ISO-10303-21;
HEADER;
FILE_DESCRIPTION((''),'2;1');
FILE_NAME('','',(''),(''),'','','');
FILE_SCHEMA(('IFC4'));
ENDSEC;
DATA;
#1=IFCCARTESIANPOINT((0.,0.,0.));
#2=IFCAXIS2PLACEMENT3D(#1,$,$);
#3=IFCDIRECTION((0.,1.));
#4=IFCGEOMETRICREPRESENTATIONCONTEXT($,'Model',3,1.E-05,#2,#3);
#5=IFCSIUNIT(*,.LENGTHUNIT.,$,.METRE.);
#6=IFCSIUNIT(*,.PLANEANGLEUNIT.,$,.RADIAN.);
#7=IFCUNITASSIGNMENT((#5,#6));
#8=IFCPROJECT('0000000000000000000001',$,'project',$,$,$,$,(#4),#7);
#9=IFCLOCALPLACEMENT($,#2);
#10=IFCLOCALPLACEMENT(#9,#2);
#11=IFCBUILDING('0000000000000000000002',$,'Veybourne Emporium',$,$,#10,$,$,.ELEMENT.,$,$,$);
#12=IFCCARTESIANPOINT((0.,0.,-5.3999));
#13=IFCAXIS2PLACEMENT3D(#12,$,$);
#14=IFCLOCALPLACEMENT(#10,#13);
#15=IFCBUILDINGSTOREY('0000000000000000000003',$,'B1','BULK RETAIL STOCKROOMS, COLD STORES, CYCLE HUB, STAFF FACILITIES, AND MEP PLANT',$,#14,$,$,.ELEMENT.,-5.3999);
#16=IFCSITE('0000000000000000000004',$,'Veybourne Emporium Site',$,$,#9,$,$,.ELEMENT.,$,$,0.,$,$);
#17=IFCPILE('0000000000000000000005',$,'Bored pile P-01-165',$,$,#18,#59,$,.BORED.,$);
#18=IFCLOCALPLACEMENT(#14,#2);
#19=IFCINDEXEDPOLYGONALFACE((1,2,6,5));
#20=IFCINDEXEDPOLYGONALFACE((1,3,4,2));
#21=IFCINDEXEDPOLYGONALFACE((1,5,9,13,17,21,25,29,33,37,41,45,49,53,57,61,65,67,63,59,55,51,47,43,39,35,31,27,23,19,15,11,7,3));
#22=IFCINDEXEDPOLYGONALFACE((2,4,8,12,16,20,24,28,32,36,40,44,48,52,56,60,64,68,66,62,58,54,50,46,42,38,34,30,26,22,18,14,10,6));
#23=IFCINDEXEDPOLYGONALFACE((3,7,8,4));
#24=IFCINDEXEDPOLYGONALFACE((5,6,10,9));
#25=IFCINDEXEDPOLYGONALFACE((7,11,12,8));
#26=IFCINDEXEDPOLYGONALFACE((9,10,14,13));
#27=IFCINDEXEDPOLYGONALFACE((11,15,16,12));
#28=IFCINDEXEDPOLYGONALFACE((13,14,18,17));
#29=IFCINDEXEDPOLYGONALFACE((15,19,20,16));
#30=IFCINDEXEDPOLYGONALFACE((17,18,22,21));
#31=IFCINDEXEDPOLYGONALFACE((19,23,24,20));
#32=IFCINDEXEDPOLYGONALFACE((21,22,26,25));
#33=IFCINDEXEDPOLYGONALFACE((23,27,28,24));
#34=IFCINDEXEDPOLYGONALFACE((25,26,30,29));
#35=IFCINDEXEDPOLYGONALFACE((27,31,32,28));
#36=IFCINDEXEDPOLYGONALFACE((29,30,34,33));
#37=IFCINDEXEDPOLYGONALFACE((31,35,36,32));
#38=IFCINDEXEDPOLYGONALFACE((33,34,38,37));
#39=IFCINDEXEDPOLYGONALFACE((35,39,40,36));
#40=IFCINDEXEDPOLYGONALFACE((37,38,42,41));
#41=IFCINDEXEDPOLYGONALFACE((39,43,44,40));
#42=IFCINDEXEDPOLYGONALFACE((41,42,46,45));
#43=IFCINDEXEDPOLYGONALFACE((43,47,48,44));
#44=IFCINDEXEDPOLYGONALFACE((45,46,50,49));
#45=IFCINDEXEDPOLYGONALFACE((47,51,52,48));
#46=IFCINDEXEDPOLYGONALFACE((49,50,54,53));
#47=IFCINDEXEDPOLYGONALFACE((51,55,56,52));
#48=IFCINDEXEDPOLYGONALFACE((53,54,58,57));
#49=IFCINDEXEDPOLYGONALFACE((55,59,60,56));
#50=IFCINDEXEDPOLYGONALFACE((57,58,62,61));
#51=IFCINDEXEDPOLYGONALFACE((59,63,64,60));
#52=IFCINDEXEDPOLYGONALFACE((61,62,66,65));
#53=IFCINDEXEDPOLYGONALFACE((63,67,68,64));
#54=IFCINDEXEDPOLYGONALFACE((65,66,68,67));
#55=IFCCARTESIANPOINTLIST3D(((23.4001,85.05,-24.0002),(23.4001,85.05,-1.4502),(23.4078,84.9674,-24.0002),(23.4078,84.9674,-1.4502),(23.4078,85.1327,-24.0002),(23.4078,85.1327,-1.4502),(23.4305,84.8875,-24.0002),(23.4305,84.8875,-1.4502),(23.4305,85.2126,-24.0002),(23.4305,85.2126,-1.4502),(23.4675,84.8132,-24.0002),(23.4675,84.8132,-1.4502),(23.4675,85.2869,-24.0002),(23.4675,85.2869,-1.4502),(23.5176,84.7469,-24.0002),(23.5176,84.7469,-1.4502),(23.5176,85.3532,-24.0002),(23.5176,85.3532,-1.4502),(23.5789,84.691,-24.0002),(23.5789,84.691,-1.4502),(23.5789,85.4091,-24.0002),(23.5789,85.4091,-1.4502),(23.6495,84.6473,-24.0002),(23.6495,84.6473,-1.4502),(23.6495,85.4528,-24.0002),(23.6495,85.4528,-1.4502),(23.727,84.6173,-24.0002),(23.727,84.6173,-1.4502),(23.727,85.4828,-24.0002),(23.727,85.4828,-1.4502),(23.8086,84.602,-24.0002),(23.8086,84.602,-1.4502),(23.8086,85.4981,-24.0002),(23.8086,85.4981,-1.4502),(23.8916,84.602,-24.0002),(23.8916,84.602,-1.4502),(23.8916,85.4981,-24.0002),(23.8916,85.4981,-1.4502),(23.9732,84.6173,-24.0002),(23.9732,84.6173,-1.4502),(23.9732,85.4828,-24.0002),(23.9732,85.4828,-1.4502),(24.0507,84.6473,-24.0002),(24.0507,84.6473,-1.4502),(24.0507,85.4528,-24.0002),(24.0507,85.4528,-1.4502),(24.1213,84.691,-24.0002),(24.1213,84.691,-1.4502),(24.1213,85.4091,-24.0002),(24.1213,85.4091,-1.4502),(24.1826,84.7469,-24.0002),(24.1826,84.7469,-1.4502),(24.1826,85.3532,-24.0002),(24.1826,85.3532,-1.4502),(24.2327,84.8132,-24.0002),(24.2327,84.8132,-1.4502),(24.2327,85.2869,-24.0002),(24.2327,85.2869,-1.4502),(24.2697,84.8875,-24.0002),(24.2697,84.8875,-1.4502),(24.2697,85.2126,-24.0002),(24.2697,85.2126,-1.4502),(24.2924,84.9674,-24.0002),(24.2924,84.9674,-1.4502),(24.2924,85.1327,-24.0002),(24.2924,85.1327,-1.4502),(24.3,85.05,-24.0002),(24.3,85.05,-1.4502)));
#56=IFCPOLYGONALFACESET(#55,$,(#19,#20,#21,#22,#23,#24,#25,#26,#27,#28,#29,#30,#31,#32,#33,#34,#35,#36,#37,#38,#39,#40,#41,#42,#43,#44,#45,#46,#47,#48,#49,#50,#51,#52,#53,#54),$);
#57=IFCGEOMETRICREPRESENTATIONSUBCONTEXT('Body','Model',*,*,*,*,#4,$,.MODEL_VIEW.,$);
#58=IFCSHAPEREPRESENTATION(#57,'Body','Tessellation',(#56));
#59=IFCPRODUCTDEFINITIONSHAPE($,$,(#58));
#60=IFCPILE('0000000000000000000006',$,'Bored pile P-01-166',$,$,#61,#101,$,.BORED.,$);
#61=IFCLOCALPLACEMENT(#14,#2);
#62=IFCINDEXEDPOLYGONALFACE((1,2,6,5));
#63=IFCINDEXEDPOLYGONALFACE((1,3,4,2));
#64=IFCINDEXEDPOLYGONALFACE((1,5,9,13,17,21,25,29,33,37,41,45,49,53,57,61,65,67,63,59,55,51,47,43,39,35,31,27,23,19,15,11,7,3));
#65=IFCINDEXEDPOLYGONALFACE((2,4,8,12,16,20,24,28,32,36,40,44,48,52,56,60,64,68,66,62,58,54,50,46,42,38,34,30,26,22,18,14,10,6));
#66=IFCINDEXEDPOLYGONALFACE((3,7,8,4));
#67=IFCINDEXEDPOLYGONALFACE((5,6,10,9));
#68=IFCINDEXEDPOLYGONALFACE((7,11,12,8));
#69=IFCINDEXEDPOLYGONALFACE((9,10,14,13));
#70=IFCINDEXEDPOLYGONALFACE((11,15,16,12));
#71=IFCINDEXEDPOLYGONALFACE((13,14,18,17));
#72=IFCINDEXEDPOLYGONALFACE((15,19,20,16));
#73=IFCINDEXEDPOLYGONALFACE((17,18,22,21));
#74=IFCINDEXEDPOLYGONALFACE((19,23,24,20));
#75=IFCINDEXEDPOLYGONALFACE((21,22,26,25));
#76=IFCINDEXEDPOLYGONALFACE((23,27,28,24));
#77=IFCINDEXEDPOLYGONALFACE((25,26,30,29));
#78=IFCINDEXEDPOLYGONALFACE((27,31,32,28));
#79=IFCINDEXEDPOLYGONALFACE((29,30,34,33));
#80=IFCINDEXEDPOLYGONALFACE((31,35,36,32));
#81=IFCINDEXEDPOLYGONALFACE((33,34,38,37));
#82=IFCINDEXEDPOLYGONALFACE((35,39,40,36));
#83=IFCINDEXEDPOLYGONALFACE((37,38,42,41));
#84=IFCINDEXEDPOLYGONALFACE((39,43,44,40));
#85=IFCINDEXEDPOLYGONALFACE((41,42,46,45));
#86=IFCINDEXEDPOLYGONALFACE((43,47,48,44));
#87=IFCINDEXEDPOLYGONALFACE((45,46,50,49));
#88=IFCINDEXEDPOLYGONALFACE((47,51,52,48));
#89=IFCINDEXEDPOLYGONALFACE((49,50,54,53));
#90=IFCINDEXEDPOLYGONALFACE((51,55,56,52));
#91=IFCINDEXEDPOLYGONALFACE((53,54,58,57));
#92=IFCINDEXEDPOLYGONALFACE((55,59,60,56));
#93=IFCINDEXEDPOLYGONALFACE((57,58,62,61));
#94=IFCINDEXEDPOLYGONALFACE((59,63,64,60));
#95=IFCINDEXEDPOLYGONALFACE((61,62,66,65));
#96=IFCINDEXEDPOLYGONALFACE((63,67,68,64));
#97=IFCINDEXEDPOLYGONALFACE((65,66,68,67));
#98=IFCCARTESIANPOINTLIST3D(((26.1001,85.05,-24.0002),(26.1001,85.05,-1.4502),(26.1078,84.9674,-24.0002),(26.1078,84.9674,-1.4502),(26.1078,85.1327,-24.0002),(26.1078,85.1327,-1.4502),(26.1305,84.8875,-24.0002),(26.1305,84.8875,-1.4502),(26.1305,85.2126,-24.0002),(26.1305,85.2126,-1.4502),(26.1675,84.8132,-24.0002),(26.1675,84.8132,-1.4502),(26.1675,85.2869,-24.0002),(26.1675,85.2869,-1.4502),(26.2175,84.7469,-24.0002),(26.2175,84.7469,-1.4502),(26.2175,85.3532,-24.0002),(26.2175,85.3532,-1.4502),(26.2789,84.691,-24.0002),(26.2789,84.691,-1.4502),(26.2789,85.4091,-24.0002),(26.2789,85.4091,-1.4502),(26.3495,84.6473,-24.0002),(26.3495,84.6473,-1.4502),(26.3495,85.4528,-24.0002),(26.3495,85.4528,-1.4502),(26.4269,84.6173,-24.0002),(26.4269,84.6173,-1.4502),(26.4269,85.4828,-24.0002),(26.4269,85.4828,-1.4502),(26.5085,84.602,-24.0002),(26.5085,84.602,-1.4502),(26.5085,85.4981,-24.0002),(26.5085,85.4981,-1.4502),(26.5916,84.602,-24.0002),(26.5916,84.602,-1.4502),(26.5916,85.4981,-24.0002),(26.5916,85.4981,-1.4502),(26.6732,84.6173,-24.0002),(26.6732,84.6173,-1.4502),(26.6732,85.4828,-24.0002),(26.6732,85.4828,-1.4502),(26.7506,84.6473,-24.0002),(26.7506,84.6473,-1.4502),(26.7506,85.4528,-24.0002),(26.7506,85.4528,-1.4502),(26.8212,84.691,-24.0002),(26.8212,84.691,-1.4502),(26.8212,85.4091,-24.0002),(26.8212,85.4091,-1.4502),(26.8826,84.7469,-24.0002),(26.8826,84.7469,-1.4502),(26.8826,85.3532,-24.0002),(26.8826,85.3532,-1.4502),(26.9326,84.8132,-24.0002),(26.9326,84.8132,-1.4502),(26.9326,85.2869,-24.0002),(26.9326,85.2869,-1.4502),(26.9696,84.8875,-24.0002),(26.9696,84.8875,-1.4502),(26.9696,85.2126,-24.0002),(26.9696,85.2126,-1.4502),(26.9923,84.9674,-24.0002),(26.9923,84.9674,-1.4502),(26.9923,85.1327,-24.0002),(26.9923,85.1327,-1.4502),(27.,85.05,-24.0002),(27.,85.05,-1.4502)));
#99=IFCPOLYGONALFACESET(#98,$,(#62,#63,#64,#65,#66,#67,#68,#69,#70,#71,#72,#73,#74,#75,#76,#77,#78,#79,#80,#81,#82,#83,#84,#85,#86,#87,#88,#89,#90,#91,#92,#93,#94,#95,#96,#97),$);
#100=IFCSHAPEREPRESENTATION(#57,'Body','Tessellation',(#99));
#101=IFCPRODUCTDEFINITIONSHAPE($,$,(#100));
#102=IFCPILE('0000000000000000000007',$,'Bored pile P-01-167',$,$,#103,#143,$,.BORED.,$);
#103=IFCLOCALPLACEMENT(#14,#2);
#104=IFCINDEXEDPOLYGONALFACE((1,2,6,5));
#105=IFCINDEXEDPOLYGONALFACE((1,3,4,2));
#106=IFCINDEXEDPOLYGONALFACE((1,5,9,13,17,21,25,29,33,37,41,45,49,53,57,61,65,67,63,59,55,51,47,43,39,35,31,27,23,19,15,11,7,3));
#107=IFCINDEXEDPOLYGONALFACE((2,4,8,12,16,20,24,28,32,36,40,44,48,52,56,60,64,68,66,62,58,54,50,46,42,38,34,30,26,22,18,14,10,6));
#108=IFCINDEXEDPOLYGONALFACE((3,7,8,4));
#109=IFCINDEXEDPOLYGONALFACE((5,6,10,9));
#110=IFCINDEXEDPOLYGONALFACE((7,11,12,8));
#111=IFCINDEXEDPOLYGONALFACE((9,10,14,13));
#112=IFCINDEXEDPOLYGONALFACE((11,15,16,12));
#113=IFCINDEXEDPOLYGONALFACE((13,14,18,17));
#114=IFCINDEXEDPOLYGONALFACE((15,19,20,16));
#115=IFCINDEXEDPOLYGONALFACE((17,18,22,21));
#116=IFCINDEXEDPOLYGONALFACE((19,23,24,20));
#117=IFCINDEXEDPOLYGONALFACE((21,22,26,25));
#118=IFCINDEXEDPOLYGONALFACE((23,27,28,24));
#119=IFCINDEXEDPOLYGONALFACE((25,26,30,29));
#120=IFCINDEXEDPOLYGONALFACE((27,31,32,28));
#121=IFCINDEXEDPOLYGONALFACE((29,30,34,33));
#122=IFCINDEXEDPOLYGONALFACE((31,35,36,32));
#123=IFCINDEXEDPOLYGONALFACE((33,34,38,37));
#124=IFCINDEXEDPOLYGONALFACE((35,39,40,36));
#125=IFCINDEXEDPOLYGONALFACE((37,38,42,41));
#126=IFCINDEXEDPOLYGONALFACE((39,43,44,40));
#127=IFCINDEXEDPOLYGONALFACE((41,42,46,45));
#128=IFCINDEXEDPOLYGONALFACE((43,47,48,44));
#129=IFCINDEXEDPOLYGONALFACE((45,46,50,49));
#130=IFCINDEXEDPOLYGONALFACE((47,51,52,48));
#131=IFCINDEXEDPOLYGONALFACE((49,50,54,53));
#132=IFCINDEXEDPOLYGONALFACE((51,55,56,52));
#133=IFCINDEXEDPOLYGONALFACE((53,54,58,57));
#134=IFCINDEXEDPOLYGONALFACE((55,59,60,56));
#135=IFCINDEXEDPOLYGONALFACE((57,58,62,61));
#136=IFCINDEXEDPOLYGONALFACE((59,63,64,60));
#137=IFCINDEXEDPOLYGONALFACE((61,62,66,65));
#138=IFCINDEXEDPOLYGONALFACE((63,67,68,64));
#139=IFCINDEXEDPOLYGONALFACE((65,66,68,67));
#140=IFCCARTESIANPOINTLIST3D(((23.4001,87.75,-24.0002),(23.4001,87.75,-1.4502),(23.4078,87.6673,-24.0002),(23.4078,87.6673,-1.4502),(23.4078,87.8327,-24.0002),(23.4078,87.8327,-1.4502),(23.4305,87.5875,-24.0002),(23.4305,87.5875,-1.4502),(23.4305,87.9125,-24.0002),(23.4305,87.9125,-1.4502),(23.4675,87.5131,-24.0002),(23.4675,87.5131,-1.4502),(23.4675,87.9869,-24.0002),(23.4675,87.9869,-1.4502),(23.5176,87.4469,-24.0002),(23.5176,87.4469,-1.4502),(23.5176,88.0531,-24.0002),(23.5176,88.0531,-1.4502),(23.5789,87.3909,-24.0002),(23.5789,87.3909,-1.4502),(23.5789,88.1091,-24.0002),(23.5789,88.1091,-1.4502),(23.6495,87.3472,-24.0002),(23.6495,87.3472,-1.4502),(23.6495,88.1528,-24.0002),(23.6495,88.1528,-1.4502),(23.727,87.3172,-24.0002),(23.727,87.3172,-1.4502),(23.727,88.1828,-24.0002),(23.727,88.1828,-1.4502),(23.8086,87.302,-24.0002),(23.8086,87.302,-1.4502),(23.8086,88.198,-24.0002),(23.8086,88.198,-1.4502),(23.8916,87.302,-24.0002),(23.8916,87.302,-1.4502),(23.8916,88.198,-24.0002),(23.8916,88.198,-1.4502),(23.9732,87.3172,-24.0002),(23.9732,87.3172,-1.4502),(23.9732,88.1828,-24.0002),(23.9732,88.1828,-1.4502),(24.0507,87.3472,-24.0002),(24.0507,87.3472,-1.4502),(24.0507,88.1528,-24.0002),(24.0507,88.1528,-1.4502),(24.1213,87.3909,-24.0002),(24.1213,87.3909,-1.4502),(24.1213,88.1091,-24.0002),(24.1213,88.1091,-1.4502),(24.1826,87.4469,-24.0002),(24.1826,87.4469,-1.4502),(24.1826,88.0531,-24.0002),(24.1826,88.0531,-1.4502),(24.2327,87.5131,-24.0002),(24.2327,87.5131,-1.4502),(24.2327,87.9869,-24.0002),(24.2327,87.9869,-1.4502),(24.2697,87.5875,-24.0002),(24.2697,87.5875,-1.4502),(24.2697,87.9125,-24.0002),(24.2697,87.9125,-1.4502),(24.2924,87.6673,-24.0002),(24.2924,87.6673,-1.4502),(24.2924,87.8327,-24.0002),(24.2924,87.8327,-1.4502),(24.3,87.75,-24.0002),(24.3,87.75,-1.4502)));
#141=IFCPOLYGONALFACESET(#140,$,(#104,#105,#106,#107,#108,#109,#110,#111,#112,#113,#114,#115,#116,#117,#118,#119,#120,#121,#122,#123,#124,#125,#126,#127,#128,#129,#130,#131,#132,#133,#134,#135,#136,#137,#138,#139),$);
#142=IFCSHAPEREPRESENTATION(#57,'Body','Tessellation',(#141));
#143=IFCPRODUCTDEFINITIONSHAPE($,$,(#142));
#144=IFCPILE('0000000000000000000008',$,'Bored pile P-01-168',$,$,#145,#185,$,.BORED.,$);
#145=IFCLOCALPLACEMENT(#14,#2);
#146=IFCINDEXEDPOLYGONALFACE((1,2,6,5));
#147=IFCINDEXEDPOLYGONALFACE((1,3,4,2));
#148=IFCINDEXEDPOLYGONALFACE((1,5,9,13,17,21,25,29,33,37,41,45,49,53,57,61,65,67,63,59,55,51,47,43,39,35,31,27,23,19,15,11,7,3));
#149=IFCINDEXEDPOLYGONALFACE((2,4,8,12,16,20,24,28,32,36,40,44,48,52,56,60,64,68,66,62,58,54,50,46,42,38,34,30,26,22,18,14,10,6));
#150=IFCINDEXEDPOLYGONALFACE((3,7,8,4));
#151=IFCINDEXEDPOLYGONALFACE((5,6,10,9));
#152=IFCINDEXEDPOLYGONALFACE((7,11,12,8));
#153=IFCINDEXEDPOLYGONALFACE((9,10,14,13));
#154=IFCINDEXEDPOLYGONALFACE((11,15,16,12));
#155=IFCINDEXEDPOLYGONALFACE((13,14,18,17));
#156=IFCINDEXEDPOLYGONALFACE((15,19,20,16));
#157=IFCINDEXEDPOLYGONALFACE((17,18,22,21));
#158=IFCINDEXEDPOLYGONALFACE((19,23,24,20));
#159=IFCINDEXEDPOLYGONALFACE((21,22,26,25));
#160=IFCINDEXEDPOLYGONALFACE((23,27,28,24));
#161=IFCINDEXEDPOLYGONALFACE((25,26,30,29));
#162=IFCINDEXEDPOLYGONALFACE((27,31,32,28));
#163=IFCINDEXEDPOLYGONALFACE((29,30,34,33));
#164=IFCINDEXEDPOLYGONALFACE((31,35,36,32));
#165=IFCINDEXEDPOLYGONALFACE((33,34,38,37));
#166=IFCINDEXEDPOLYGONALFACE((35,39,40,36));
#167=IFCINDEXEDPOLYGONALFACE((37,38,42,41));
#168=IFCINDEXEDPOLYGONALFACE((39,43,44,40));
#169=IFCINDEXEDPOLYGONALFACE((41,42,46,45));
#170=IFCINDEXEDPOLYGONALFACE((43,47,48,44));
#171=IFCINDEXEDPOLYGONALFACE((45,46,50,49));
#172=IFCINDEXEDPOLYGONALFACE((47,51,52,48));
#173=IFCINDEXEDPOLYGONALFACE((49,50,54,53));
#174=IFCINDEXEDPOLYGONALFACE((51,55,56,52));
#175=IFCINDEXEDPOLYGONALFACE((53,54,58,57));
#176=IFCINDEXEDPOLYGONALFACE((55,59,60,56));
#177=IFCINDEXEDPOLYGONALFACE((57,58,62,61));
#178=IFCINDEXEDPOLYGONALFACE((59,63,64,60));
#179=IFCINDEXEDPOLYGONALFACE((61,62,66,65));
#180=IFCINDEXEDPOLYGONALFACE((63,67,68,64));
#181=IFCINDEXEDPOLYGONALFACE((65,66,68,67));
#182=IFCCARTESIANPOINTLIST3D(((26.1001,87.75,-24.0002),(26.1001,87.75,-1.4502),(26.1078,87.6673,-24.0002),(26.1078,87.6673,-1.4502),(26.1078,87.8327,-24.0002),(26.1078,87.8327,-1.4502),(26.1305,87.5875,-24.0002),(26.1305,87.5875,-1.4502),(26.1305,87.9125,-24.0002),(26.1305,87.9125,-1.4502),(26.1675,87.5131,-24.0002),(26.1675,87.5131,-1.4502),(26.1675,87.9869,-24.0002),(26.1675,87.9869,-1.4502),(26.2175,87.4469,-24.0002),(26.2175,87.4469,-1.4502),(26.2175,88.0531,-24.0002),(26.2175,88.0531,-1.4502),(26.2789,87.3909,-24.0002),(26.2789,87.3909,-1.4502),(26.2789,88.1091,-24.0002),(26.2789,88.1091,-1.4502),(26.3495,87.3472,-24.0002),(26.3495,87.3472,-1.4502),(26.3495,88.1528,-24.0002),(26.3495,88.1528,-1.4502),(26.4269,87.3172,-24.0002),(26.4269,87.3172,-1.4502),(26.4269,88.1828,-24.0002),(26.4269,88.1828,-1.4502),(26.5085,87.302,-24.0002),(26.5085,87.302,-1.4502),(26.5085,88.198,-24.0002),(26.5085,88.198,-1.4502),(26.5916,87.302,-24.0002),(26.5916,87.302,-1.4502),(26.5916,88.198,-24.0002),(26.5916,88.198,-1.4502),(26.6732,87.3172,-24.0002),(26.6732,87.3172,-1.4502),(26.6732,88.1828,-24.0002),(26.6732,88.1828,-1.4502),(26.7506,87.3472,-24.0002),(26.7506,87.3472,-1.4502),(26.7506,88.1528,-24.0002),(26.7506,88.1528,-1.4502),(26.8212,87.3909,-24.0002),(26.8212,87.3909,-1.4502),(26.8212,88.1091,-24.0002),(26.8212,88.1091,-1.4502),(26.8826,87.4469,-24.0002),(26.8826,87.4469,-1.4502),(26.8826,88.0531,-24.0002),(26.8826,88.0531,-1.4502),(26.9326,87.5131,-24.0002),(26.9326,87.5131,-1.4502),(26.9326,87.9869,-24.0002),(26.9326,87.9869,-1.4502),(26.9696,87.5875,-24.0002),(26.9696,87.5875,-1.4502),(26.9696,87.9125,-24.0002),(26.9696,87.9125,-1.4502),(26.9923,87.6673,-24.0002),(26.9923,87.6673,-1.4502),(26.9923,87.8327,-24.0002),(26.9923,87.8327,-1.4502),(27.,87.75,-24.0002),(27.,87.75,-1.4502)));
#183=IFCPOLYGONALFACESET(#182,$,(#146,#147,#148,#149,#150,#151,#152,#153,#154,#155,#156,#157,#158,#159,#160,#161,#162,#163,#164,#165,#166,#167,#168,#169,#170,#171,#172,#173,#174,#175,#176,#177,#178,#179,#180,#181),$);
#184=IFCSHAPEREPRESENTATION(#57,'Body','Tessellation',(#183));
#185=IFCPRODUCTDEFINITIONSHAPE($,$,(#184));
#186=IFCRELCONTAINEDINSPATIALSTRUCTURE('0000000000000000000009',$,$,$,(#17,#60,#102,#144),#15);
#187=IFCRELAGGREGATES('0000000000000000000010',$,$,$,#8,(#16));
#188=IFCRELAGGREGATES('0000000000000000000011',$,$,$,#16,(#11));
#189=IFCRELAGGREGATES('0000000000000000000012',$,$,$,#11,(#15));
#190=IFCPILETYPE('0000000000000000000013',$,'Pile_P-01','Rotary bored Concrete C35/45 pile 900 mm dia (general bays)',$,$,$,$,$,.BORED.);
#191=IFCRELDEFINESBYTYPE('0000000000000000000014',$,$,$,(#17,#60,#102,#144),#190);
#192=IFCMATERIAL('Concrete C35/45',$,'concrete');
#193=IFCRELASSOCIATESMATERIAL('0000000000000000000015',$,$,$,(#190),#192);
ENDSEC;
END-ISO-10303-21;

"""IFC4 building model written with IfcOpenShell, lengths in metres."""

from ifc_helpers import new_model, si_unit, direction, frame, origin, origin_2d, place, context, subcontext, project, spatial, circle, extrude, material, material_profile, profile_set, type_object, element, save


model = new_model("IFC4")

# Units and contexts
model_context = context("Model", 3, precision=1e-05, world=origin(), true_north=direction((0.0, 1.0)))
body_context = subcontext(model_context, "Body", "Model", "MODEL_VIEW")
ifc_project = project(units=[si_unit("LENGTHUNIT", "METRE"), si_unit("PLANEANGLEUNIT", "RADIAN")], contexts=[model_context])

# Site, building, storey
site_placement = place(None, origin())
site = spatial("IfcSite", under=ifc_project, at=site_placement, Name="Veybourne Emporium Site", CompositionType="ELEMENT", RefElevation=0.0)
building_placement = place(site_placement, origin())
building = spatial("IfcBuilding", under=site, at=building_placement, Name="Veybourne Emporium", CompositionType="ELEMENT")
storey_placement = place(building_placement, frame((0.0, 0.0, -5.3999)))
storey = spatial("IfcBuildingStorey", under=building, at=storey_placement, Name="B1", Description="BULK RETAIL STOCKROOMS, COLD STORES, CYCLE HUB, STAFF FACILITIES, AND MEP PLANT", CompositionType="ELEMENT", Elevation=-5.3999)

# Shared definitions
ifc_material_1 = material(Name="Concrete C35/45", Category="concrete")

# Piles
ifc_material_profile_1 = material_profile(ifc_material_1, circle(Radius=0.45, at=origin_2d()), Name="BORED PILE 900")
ifc_profile_set_1 = profile_set([ifc_material_profile_1], Name="Concrete C35/45")
pile_type_1 = type_object("IfcPileType", Name="Pile_P-01", Description="Rotary bored Concrete C35/45 pile 900 mm dia (general bays)", PredefinedType="BORED", material=ifc_profile_set_1)
for number, where, z_axis, x_axis, name in (
    (1, (23.8501, 85.05, -1.4502), (0.0, 0.0, -1.0), (1.0, 0.0, 0.0), "Bored pile P-01-165"),
    (2, (26.55, 85.05, -1.4502), (0.0, 0.0, -1.0), (1.0, 0.0, 0.0), "Bored pile P-01-166"),
    (3, (23.8501, 87.75, -1.4502), (0.0, 0.0, -1.0), (1.0, 0.0, 0.0), "Bored pile P-01-167"),
    (4, (26.55, 87.75, -1.4502), (0.0, 0.0, -1.0), (1.0, 0.0, 0.0), "Bored pile P-01-168"),
):
    element("IfcPile", number, at=place(storey_placement, frame(where, z_axis=z_axis, x_axis=x_axis)), inside=storey, type_object=pile_type_1, Name=name, PredefinedType="BORED", context=body_context, shape_type="SweptSolid", body=[
        extrude(circle(Radius=0.45, at=origin_2d()), origin(), (0.0, 0.0, 1.0), 22.55),
    ])

save(model, "model.ifc")
